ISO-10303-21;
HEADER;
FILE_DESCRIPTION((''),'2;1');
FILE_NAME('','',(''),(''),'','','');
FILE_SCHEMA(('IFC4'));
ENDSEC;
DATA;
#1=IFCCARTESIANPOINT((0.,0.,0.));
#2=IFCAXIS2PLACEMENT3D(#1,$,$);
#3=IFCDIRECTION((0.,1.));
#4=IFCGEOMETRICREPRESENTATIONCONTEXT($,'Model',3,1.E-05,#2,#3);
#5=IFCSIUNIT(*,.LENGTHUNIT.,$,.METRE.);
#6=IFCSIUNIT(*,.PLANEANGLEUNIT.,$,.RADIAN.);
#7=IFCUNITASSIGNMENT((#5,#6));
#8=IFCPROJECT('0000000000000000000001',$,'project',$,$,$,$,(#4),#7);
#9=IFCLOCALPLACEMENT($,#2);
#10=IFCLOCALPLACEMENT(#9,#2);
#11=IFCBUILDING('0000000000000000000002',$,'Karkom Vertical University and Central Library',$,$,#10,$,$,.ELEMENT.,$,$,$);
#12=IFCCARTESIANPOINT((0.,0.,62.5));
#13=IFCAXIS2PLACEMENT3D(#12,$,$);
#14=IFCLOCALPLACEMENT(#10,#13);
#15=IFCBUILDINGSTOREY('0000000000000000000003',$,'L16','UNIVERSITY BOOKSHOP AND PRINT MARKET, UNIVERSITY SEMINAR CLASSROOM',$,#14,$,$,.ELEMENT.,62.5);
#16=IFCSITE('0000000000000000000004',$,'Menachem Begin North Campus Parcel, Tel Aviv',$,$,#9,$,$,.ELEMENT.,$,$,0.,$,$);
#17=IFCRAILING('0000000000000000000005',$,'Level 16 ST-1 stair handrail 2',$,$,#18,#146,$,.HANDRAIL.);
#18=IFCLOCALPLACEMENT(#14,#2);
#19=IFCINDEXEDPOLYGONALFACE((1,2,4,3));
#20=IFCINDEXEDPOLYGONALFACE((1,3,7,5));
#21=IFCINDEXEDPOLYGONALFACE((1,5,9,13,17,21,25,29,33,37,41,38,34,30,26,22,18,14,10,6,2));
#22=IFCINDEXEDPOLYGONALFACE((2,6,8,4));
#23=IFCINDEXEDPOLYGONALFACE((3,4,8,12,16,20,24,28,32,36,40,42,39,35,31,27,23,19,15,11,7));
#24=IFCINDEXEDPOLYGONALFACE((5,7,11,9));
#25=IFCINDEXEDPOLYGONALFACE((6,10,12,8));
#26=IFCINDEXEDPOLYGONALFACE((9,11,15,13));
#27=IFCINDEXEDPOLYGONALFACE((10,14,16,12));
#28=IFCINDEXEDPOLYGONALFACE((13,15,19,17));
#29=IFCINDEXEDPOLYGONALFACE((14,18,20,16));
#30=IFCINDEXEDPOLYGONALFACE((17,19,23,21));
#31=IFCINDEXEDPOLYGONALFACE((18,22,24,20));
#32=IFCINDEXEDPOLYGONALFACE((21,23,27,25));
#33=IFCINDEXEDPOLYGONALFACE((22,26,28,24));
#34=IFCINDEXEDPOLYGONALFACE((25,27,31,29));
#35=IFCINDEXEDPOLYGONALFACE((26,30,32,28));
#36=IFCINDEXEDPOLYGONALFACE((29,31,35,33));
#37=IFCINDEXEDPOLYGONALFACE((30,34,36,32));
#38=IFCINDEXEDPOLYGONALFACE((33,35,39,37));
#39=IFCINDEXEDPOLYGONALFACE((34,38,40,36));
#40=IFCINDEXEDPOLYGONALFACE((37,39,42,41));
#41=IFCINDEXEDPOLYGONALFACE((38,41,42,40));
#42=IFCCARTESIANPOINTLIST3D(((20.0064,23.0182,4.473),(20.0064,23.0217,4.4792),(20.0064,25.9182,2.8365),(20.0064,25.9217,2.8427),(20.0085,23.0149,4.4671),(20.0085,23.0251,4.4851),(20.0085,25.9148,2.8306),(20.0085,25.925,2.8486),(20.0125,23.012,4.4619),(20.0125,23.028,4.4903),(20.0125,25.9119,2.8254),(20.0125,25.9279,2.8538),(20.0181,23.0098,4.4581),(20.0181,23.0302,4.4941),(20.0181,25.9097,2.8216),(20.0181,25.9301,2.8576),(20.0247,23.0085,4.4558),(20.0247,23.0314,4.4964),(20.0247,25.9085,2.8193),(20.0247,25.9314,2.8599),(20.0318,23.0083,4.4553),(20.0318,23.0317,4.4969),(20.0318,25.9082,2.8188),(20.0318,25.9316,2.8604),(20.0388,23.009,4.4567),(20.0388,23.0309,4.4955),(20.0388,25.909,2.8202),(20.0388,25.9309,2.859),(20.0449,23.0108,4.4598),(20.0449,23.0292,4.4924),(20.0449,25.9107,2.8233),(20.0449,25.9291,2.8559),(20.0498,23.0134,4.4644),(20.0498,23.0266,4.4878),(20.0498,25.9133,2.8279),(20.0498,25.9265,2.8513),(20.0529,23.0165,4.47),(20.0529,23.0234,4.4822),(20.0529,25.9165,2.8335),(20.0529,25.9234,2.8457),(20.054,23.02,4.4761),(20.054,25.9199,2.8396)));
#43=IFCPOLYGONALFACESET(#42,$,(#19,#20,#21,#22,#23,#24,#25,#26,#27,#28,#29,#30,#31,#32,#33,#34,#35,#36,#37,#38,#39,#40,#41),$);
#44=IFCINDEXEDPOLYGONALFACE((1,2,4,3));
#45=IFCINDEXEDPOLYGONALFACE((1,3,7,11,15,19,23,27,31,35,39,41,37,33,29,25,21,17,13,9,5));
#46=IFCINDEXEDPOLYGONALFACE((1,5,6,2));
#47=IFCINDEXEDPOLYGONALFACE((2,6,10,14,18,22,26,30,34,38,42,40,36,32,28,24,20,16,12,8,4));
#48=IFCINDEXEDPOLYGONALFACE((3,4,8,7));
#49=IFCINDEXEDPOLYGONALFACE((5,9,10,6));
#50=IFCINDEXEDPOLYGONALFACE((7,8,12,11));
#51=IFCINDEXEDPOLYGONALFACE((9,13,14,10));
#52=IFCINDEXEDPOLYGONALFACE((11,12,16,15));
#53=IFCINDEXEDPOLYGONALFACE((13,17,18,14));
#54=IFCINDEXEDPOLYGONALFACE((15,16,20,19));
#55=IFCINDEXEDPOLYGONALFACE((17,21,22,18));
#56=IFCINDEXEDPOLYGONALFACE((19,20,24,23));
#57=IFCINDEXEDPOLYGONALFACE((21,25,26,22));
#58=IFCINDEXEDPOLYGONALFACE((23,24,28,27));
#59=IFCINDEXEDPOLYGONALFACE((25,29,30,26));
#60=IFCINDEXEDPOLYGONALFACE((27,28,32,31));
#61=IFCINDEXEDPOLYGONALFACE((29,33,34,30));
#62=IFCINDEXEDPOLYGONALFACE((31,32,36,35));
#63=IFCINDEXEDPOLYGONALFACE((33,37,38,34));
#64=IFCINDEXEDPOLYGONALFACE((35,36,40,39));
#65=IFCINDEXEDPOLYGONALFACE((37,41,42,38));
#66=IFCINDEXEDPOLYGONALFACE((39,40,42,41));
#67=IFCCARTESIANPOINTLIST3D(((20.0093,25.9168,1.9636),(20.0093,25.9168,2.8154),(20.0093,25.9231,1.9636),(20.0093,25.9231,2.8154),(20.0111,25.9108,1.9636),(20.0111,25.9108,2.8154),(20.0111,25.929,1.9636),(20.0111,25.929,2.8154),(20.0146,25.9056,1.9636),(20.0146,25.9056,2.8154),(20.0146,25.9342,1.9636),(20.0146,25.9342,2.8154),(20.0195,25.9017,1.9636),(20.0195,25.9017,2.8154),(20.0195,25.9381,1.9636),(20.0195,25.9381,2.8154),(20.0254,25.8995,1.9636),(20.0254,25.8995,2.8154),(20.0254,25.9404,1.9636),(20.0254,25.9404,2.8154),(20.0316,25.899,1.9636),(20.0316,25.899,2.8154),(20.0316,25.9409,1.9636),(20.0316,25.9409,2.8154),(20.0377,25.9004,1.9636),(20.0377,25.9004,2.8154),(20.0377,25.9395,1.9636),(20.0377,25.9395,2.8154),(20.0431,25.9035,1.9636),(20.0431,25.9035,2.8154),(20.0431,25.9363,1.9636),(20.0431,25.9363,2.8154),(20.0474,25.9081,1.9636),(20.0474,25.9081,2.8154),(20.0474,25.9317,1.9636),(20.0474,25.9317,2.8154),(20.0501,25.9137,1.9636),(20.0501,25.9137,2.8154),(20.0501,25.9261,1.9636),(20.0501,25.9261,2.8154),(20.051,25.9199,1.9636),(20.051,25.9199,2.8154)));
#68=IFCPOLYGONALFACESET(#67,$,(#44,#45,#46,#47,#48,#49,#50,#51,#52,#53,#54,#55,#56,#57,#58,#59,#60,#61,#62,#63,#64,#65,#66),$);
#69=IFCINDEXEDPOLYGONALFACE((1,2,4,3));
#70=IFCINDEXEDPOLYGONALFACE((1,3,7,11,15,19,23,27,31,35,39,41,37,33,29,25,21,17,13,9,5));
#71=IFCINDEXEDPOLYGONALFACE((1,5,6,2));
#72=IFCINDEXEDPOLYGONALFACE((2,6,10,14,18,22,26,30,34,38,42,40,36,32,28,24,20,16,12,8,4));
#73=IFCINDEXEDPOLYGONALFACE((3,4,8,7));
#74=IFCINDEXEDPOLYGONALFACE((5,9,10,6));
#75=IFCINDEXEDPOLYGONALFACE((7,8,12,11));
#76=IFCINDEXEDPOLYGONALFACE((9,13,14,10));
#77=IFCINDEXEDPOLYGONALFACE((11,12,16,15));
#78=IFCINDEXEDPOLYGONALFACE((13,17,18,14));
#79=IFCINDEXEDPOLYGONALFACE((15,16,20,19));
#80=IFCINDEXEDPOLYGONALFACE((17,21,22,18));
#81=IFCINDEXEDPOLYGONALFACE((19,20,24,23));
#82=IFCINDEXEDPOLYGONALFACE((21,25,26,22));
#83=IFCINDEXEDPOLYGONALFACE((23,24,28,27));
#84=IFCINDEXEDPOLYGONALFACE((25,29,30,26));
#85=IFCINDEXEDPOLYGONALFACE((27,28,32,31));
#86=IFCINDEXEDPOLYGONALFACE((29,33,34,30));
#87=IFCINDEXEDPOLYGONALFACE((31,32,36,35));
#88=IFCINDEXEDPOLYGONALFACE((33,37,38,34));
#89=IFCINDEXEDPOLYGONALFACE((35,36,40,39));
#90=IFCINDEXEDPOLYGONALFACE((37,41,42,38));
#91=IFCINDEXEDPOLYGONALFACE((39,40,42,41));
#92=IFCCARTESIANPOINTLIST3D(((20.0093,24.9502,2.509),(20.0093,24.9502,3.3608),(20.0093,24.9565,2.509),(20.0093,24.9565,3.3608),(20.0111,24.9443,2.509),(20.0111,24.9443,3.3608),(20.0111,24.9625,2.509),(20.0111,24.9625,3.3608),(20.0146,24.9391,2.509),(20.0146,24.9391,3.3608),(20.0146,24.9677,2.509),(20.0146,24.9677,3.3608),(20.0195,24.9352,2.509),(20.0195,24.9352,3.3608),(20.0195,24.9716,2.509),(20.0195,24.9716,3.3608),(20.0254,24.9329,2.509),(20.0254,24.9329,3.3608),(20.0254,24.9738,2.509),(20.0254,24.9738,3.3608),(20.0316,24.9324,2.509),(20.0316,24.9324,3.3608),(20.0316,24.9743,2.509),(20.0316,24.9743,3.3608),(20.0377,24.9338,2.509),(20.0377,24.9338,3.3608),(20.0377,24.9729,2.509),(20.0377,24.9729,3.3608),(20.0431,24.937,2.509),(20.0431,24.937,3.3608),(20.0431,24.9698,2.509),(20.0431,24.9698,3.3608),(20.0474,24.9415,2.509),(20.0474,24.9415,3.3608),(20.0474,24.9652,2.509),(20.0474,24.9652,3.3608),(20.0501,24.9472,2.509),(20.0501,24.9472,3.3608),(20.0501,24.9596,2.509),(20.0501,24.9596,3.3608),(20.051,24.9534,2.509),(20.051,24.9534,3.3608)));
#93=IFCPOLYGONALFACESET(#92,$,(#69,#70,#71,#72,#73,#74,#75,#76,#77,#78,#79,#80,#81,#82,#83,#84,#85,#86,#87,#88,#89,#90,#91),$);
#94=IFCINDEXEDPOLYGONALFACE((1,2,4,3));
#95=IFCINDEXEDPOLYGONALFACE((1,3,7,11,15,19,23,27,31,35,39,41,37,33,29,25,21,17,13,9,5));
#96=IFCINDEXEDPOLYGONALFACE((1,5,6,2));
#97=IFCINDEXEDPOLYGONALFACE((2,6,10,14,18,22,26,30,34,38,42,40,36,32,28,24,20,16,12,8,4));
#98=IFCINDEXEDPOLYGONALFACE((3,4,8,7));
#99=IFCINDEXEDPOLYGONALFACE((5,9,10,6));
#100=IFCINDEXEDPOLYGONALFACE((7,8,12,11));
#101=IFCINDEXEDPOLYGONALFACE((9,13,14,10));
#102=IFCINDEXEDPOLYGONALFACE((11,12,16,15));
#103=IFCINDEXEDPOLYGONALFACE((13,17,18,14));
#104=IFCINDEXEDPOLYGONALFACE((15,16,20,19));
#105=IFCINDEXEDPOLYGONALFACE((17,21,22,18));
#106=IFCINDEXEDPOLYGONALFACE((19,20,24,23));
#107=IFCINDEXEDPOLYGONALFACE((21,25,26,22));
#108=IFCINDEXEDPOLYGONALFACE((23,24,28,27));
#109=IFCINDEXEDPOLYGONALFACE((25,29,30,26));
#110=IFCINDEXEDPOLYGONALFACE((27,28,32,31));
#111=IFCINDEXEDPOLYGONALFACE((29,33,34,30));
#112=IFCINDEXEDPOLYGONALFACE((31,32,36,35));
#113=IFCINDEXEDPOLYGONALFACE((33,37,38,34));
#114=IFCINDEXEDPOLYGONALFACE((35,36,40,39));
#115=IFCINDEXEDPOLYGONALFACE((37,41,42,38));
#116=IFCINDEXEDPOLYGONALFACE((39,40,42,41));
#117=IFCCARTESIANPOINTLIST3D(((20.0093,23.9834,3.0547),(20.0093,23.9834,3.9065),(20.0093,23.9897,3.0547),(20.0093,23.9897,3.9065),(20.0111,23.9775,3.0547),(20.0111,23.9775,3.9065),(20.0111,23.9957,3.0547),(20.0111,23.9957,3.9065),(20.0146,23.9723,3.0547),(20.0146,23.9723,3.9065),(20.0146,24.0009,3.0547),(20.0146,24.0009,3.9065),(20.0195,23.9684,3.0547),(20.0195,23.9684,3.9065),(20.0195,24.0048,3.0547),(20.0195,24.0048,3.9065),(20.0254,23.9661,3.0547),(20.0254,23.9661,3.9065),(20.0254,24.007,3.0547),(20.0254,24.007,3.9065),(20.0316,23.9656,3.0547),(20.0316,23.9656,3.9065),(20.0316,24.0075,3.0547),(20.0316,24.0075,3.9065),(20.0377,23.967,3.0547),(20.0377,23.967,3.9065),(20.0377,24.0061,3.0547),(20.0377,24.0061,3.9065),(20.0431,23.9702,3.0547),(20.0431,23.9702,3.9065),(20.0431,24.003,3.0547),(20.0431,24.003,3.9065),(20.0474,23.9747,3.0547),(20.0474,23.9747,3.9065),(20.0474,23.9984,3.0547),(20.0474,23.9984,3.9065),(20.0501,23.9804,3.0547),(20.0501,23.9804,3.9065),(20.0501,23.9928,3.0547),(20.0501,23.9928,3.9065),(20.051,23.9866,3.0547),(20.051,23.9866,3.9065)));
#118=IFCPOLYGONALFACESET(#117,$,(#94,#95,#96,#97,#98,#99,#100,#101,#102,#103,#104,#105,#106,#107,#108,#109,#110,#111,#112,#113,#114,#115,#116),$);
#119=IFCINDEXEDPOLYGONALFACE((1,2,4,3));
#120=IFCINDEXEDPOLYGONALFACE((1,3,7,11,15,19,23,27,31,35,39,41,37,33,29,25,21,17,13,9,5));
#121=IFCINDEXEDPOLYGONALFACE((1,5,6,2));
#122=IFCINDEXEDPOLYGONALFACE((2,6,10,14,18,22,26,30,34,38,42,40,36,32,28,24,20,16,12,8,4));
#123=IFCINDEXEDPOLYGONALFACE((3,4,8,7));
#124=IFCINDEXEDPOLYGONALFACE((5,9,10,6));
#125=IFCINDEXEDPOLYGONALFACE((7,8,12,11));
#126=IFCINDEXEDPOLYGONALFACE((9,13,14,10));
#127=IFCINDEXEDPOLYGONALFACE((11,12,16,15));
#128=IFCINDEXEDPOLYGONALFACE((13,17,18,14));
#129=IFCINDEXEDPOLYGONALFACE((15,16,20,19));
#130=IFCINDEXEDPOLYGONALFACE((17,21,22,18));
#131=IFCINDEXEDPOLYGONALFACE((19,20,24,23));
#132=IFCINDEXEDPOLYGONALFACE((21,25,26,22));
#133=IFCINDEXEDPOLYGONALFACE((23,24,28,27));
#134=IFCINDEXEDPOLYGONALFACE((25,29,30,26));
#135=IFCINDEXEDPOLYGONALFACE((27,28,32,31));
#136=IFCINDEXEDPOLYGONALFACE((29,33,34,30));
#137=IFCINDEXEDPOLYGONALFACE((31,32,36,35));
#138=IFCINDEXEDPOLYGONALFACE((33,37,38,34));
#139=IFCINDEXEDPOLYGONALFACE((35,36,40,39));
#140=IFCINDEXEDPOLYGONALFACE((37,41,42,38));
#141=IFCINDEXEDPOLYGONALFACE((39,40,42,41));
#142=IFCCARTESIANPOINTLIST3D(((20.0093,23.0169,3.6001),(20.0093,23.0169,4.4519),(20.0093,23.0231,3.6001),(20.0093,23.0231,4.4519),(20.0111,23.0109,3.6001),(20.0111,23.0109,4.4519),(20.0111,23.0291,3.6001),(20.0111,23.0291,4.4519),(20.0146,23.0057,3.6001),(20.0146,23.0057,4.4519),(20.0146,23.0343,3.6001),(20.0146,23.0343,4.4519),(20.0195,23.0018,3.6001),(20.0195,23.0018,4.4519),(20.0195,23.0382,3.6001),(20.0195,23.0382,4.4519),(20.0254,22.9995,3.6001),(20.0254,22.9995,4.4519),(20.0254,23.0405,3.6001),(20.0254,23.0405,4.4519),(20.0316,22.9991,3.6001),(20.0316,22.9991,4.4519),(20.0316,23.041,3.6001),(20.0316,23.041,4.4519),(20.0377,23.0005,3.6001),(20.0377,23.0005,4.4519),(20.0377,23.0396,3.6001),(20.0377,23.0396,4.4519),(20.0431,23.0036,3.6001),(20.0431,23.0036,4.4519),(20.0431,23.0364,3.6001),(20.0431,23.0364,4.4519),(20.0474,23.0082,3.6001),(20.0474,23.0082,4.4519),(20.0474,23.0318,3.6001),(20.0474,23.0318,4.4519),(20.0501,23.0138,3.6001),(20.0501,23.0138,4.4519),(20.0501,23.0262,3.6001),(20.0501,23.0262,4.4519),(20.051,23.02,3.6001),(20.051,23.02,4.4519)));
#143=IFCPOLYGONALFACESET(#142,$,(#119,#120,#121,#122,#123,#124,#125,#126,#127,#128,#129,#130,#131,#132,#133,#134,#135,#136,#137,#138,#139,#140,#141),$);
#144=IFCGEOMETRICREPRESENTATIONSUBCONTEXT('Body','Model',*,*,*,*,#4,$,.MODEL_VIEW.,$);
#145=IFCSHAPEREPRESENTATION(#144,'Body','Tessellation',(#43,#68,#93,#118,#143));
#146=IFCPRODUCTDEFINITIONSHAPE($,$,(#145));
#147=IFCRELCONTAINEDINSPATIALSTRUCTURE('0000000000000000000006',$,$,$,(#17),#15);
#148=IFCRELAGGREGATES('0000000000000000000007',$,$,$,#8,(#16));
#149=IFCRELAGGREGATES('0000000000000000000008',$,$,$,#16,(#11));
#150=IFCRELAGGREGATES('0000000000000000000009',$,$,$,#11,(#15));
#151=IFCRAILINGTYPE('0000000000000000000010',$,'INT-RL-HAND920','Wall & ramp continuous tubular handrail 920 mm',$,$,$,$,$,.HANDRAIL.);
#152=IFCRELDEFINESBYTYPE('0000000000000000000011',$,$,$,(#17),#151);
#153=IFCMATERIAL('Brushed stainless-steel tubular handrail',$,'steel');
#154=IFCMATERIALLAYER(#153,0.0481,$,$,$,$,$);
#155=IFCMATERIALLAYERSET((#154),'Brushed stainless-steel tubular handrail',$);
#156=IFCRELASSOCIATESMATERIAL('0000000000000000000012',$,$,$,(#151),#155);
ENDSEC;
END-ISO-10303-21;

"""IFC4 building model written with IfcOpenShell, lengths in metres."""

from ifc_helpers import new_model, si_unit, direction, frame, origin, origin_2d, place, context, subcontext, project, spatial, circle, extrude, material, layer, layer_set, type_object, element, save


model = new_model("IFC4")

# Units and contexts
model_context = context("Model", 3, precision=1e-05, world=origin(), true_north=direction((0.0, 1.0)))
body_context = subcontext(model_context, "Body", "Model", "MODEL_VIEW")
ifc_project = project(units=[si_unit("LENGTHUNIT", "METRE"), si_unit("PLANEANGLEUNIT", "RADIAN")], contexts=[model_context])

# Site, building, storey
site_placement = place(None, origin())
site = spatial("IfcSite", under=ifc_project, at=site_placement, Name="Menachem Begin North Campus Parcel, Tel Aviv", CompositionType="ELEMENT", RefElevation=0.0)
building_placement = place(site_placement, origin())
building = spatial("IfcBuilding", under=site, at=building_placement, Name="Karkom Vertical University and Central Library", CompositionType="ELEMENT")
storey_placement = place(building_placement, frame((0.0, 0.0, 62.5)))
storey = spatial("IfcBuildingStorey", under=building, at=storey_placement, Name="L16", Description="UNIVERSITY BOOKSHOP AND PRINT MARKET, UNIVERSITY SEMINAR CLASSROOM", CompositionType="ELEMENT", Elevation=62.5)

# Railing
ifc_material_1 = material(Name="Brushed stainless-steel tubular handrail", Category="steel")
ifc_layer_1 = layer(ifc_material_1, 0.0481)
ifc_layer_set_1 = layer_set([ifc_layer_1], Name="Brushed stainless-steel tubular handrail")
railing_type_1 = type_object("IfcRailingType", Name="INT-RL-HAND920", Description="Wall & ramp continuous tubular handrail 920 mm", PredefinedType="HANDRAIL", material=ifc_layer_set_1)
railing_1_placement = place(storey_placement, frame((20.03, 25.9199, 1.9636)))
element("IfcRailing", 1, at=railing_1_placement, inside=storey, type_object=railing_type_1, Name="Level 16 ST-1 stair handrail 2", PredefinedType="HANDRAIL", context=body_context, shape_type="SweptSolid", body=[
    extrude(circle(Radius=0.0239, at=origin_2d()), frame((0.0, 0.0, 0.876), z_axis=(0.0, -0.870897, 0.491465), x_axis=(1.0, 0.0, 0.0)), (0.0, 0.0, 1.0), 3.3298),
    extrude(circle(Radius=0.021, at=origin_2d()), origin(), (0.0, 0.0, 1.0), 0.8518),
    extrude(circle(Radius=0.021, at=origin_2d()), frame((0.0, -0.9666, 0.5454)), (0.0, 0.0, 1.0), 0.8518),
    extrude(circle(Radius=0.021, at=origin_2d()), frame((0.0, -1.9333, 1.0911)), (0.0, 0.0, 1.0), 0.8518),
    extrude(circle(Radius=0.021, at=origin_2d()), frame((0.0, -2.8999, 1.6365)), (0.0, 0.0, 1.0), 0.8518),
])

save(model, "model.ifc")
